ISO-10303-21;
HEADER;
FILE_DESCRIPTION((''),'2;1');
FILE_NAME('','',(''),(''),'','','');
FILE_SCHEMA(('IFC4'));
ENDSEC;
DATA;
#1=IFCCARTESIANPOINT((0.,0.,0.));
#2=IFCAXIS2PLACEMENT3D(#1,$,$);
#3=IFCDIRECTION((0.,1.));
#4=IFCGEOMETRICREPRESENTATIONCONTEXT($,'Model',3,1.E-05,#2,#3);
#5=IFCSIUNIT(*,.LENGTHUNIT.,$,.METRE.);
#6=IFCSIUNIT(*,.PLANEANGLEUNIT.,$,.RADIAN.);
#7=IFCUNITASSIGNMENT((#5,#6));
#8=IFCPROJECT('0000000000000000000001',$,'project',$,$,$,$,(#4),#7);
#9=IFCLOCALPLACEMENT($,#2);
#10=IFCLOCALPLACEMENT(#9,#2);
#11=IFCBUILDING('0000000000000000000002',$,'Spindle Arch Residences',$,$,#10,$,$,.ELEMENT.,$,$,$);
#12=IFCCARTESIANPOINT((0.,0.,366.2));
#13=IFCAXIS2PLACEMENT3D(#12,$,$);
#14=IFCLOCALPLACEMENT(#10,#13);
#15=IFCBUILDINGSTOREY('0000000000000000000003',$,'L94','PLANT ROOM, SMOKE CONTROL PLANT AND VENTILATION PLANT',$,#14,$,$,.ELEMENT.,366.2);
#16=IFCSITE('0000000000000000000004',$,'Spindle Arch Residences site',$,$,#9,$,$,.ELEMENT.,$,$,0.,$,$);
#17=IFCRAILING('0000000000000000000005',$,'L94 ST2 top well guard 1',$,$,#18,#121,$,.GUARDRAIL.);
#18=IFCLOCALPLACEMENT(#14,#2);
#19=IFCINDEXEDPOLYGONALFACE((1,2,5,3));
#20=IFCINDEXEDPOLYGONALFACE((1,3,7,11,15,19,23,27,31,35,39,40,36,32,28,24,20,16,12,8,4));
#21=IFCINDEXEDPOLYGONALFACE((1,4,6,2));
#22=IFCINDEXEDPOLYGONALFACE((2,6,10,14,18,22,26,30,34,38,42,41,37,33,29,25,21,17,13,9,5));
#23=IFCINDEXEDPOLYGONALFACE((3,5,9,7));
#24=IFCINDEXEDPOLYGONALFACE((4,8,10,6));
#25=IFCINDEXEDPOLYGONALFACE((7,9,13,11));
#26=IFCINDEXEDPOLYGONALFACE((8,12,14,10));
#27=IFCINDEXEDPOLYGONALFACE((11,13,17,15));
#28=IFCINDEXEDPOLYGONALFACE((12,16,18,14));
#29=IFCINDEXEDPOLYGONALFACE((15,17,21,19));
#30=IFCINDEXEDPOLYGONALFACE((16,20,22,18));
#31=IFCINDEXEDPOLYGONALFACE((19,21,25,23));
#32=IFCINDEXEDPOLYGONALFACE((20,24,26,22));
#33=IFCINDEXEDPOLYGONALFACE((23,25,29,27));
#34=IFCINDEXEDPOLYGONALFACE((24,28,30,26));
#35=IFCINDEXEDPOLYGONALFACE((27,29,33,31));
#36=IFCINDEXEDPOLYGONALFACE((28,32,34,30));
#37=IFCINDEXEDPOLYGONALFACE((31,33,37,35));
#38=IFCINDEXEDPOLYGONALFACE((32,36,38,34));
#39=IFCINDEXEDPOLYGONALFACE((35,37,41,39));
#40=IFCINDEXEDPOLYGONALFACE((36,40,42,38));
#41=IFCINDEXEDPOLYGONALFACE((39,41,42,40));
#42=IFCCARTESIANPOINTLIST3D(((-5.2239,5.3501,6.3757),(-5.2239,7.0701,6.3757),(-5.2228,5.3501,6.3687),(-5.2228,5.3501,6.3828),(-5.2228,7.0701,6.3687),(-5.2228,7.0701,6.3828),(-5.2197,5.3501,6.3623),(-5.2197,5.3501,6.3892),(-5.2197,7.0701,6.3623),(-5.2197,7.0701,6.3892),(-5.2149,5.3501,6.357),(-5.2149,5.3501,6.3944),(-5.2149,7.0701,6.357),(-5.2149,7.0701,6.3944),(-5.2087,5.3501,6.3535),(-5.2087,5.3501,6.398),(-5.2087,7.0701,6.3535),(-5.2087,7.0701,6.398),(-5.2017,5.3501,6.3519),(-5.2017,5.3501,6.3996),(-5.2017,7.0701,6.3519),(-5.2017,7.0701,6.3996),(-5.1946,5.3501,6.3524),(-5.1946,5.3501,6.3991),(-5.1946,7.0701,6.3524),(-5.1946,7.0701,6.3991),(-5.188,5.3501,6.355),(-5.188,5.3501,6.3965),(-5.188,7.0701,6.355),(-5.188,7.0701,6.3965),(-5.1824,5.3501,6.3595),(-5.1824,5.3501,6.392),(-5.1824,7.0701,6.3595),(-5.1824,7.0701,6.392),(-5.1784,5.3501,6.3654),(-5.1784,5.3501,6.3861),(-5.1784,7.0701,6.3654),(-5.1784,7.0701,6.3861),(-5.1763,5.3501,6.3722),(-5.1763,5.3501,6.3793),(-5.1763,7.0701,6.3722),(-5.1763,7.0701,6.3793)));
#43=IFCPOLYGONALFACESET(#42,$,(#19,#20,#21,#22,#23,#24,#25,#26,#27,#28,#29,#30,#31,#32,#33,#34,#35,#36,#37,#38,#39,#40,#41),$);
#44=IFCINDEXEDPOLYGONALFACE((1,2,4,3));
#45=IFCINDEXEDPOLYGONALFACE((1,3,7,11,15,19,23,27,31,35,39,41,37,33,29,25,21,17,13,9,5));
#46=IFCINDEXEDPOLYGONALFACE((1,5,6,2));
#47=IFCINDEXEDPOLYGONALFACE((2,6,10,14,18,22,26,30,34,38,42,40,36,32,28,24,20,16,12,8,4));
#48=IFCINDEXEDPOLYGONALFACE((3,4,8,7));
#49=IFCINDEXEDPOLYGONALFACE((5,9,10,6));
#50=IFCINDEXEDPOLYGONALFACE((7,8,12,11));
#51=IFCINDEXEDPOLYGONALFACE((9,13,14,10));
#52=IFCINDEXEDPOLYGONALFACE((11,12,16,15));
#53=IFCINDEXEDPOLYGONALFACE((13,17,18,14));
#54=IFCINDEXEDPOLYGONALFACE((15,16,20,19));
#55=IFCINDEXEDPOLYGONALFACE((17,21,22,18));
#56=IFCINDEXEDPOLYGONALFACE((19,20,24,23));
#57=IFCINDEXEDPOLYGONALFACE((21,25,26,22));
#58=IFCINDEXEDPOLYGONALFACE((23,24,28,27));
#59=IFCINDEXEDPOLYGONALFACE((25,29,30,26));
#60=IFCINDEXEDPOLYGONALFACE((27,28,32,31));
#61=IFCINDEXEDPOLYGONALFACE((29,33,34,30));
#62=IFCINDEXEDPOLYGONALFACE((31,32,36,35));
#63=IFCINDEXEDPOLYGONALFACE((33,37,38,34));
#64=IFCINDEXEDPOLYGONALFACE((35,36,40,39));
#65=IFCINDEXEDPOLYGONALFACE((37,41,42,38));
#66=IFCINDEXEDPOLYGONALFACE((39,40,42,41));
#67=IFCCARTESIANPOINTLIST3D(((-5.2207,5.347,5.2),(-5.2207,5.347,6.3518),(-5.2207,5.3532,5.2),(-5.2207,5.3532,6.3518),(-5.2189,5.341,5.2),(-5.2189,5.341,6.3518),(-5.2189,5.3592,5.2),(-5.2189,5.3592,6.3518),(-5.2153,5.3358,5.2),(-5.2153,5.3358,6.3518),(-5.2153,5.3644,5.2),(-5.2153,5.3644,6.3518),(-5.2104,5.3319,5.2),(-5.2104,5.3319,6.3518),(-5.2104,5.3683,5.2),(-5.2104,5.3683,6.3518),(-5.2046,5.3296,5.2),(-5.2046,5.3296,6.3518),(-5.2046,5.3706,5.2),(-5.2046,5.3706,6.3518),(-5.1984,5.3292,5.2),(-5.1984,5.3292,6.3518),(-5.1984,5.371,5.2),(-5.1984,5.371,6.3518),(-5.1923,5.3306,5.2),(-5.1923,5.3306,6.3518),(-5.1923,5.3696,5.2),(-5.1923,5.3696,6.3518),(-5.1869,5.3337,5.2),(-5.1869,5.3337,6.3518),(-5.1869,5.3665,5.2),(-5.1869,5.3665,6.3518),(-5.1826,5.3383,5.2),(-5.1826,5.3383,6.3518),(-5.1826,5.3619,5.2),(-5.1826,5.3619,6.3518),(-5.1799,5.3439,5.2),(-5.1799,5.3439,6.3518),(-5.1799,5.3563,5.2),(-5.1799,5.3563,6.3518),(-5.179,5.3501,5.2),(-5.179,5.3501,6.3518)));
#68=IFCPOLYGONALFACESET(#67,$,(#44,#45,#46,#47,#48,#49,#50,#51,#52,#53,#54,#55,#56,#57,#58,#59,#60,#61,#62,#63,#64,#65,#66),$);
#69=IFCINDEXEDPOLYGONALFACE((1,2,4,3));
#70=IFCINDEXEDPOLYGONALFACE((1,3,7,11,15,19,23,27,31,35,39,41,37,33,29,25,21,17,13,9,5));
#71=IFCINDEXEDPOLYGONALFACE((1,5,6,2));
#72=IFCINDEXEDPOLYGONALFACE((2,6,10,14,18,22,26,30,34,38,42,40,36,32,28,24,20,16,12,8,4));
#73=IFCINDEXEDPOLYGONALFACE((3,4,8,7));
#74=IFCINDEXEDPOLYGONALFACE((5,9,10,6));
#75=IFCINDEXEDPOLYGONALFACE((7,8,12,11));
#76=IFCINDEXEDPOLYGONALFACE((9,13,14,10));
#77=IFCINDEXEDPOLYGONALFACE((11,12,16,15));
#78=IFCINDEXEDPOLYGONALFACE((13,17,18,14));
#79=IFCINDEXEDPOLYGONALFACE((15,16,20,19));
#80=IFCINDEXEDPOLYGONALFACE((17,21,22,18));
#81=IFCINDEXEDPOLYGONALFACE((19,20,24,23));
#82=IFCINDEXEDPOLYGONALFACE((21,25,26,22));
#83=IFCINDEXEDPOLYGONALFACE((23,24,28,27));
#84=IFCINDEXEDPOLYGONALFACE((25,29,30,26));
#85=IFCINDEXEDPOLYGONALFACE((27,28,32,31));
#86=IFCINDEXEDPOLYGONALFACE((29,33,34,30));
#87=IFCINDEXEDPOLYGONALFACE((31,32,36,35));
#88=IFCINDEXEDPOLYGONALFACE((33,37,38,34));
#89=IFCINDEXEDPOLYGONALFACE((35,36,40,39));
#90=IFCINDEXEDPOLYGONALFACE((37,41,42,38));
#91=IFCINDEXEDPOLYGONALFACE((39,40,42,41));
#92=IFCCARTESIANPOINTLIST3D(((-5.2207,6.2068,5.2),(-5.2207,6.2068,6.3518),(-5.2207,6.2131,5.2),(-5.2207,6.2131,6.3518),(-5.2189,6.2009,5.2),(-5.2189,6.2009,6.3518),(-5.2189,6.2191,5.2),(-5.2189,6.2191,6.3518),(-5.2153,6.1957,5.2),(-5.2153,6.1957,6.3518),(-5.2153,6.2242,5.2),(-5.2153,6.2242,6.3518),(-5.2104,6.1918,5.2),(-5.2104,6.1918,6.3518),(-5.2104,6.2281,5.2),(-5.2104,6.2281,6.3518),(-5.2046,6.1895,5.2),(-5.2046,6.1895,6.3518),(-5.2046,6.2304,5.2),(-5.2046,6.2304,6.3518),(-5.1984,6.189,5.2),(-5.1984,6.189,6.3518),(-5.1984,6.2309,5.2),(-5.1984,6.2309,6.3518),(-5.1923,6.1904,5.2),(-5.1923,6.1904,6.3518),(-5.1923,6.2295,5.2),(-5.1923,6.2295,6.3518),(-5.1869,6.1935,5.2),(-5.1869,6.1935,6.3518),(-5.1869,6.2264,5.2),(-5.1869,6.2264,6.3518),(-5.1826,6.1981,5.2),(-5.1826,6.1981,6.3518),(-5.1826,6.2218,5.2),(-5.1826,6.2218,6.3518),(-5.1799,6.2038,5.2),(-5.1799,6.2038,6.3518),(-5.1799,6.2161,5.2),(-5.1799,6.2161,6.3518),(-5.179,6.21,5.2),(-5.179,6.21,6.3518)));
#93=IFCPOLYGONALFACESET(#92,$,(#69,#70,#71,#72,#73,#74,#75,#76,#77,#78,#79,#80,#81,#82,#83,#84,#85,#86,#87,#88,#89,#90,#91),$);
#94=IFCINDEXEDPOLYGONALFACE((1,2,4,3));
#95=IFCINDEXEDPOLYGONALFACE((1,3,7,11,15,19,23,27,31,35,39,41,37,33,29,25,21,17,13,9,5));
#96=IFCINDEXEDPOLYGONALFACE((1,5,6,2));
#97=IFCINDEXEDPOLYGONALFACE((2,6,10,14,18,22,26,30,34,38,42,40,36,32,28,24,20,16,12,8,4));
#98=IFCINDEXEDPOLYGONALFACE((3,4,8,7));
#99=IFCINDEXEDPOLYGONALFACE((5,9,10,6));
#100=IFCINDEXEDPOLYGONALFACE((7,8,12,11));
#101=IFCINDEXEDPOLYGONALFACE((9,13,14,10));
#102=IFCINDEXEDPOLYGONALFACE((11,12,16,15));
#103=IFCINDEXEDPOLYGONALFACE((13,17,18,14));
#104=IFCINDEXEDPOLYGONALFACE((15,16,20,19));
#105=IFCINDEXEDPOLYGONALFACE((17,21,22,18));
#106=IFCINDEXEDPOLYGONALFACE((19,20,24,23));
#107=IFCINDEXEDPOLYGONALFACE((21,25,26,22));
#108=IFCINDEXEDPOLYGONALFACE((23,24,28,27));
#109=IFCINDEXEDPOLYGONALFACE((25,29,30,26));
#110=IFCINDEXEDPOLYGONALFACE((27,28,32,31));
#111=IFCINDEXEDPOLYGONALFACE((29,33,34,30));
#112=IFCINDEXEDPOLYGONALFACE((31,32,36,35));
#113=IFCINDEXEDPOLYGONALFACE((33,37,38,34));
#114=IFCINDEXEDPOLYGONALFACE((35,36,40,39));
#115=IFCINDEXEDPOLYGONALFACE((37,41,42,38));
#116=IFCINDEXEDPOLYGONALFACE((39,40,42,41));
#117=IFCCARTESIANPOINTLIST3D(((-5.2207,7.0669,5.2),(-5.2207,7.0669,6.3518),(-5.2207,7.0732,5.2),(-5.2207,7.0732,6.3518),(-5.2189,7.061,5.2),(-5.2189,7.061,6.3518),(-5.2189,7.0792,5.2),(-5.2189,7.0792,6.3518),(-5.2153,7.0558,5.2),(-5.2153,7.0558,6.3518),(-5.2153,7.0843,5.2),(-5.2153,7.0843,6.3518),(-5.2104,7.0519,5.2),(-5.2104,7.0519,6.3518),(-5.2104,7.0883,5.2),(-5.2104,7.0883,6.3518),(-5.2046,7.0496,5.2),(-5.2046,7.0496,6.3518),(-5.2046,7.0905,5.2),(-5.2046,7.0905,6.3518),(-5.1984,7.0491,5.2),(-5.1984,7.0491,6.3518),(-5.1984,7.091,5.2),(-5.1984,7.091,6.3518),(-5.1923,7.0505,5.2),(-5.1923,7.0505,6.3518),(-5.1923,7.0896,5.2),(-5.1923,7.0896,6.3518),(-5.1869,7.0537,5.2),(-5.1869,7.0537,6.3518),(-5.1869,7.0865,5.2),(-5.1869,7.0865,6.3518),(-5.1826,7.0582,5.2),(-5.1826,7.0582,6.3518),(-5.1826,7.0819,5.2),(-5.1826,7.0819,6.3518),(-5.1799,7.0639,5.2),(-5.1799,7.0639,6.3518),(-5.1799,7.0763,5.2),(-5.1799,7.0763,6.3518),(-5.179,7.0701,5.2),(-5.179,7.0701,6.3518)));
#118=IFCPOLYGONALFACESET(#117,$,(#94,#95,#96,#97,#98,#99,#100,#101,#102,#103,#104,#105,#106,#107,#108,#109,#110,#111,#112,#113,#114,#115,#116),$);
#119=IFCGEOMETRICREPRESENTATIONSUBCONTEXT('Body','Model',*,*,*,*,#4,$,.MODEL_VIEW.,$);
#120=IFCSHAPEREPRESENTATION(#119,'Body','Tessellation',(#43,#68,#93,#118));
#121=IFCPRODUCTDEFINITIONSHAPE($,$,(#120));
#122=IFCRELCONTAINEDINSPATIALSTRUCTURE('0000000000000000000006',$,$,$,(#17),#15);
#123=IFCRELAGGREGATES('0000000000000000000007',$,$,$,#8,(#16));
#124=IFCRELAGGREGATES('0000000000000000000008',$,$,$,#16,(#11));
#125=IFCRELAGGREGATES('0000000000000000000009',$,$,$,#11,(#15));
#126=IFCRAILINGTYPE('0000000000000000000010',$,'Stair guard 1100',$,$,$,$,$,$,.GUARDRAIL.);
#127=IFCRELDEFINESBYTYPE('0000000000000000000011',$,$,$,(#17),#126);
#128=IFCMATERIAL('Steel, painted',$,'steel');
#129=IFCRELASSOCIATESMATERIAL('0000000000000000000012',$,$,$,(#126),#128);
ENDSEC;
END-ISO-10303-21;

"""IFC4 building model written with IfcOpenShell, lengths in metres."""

from ifc_helpers import new_model, si_unit, direction, frame, origin, origin_2d, place, context, subcontext, project, spatial, circle, extrude, material, type_object, element, save


model = new_model("IFC4")

# Units and contexts
model_context = context("Model", 3, precision=1e-05, world=origin(), true_north=direction((0.0, 1.0)))
body_context = subcontext(model_context, "Body", "Model", "MODEL_VIEW")
ifc_project = project(units=[si_unit("LENGTHUNIT", "METRE"), si_unit("PLANEANGLEUNIT", "RADIAN")], contexts=[model_context])

# Site, building, storey
site_placement = place(None, origin())
site = spatial("IfcSite", under=ifc_project, at=site_placement, Name="Spindle Arch Residences site", CompositionType="ELEMENT", RefElevation=0.0)
building_placement = place(site_placement, origin())
building = spatial("IfcBuilding", under=site, at=building_placement, Name="Spindle Arch Residences", CompositionType="ELEMENT")
storey_placement = place(building_placement, frame((0.0, 0.0, 366.2)))
storey = spatial("IfcBuildingStorey", under=building, at=storey_placement, Name="L94", Description="PLANT ROOM, SMOKE CONTROL PLANT AND VENTILATION PLANT", CompositionType="ELEMENT", Elevation=366.2)

# Railing
ifc_material_1 = material(Name="Steel, painted", Category="steel")
railing_type_1 = type_object("IfcRailingType", Name="Stair guard 1100", PredefinedType="GUARDRAIL", material=ifc_material_1)
railing_1_placement = place(storey_placement, frame((-5.2, 5.3501, 5.2)))
element("IfcRailing", 1, at=railing_1_placement, inside=storey, type_object=railing_type_1, Name="L94 ST2 top well guard 1", PredefinedType="GUARDRAIL", context=body_context, shape_type="SweptSolid", body=[
    extrude(circle(Radius=0.0239, at=origin_2d()), frame((0.0, 0.0, 1.1758), z_axis=(0.0, 1.0, 0.0), x_axis=(-1.0, 0.0, 0.0)), (0.0, 0.0, 1.0), 1.72),
    extrude(circle(Radius=0.021, at=origin_2d()), origin(), (0.0, 0.0, 1.0), 1.1519),
    extrude(circle(Radius=0.021, at=origin_2d()), frame((0.0, 0.8599, 0.0)), (0.0, 0.0, 1.0), 1.1519),
    extrude(circle(Radius=0.021, at=origin_2d()), frame((0.0, 1.72, 0.0)), (0.0, 0.0, 1.0), 1.1519),
])

save(model, "model.ifc")
